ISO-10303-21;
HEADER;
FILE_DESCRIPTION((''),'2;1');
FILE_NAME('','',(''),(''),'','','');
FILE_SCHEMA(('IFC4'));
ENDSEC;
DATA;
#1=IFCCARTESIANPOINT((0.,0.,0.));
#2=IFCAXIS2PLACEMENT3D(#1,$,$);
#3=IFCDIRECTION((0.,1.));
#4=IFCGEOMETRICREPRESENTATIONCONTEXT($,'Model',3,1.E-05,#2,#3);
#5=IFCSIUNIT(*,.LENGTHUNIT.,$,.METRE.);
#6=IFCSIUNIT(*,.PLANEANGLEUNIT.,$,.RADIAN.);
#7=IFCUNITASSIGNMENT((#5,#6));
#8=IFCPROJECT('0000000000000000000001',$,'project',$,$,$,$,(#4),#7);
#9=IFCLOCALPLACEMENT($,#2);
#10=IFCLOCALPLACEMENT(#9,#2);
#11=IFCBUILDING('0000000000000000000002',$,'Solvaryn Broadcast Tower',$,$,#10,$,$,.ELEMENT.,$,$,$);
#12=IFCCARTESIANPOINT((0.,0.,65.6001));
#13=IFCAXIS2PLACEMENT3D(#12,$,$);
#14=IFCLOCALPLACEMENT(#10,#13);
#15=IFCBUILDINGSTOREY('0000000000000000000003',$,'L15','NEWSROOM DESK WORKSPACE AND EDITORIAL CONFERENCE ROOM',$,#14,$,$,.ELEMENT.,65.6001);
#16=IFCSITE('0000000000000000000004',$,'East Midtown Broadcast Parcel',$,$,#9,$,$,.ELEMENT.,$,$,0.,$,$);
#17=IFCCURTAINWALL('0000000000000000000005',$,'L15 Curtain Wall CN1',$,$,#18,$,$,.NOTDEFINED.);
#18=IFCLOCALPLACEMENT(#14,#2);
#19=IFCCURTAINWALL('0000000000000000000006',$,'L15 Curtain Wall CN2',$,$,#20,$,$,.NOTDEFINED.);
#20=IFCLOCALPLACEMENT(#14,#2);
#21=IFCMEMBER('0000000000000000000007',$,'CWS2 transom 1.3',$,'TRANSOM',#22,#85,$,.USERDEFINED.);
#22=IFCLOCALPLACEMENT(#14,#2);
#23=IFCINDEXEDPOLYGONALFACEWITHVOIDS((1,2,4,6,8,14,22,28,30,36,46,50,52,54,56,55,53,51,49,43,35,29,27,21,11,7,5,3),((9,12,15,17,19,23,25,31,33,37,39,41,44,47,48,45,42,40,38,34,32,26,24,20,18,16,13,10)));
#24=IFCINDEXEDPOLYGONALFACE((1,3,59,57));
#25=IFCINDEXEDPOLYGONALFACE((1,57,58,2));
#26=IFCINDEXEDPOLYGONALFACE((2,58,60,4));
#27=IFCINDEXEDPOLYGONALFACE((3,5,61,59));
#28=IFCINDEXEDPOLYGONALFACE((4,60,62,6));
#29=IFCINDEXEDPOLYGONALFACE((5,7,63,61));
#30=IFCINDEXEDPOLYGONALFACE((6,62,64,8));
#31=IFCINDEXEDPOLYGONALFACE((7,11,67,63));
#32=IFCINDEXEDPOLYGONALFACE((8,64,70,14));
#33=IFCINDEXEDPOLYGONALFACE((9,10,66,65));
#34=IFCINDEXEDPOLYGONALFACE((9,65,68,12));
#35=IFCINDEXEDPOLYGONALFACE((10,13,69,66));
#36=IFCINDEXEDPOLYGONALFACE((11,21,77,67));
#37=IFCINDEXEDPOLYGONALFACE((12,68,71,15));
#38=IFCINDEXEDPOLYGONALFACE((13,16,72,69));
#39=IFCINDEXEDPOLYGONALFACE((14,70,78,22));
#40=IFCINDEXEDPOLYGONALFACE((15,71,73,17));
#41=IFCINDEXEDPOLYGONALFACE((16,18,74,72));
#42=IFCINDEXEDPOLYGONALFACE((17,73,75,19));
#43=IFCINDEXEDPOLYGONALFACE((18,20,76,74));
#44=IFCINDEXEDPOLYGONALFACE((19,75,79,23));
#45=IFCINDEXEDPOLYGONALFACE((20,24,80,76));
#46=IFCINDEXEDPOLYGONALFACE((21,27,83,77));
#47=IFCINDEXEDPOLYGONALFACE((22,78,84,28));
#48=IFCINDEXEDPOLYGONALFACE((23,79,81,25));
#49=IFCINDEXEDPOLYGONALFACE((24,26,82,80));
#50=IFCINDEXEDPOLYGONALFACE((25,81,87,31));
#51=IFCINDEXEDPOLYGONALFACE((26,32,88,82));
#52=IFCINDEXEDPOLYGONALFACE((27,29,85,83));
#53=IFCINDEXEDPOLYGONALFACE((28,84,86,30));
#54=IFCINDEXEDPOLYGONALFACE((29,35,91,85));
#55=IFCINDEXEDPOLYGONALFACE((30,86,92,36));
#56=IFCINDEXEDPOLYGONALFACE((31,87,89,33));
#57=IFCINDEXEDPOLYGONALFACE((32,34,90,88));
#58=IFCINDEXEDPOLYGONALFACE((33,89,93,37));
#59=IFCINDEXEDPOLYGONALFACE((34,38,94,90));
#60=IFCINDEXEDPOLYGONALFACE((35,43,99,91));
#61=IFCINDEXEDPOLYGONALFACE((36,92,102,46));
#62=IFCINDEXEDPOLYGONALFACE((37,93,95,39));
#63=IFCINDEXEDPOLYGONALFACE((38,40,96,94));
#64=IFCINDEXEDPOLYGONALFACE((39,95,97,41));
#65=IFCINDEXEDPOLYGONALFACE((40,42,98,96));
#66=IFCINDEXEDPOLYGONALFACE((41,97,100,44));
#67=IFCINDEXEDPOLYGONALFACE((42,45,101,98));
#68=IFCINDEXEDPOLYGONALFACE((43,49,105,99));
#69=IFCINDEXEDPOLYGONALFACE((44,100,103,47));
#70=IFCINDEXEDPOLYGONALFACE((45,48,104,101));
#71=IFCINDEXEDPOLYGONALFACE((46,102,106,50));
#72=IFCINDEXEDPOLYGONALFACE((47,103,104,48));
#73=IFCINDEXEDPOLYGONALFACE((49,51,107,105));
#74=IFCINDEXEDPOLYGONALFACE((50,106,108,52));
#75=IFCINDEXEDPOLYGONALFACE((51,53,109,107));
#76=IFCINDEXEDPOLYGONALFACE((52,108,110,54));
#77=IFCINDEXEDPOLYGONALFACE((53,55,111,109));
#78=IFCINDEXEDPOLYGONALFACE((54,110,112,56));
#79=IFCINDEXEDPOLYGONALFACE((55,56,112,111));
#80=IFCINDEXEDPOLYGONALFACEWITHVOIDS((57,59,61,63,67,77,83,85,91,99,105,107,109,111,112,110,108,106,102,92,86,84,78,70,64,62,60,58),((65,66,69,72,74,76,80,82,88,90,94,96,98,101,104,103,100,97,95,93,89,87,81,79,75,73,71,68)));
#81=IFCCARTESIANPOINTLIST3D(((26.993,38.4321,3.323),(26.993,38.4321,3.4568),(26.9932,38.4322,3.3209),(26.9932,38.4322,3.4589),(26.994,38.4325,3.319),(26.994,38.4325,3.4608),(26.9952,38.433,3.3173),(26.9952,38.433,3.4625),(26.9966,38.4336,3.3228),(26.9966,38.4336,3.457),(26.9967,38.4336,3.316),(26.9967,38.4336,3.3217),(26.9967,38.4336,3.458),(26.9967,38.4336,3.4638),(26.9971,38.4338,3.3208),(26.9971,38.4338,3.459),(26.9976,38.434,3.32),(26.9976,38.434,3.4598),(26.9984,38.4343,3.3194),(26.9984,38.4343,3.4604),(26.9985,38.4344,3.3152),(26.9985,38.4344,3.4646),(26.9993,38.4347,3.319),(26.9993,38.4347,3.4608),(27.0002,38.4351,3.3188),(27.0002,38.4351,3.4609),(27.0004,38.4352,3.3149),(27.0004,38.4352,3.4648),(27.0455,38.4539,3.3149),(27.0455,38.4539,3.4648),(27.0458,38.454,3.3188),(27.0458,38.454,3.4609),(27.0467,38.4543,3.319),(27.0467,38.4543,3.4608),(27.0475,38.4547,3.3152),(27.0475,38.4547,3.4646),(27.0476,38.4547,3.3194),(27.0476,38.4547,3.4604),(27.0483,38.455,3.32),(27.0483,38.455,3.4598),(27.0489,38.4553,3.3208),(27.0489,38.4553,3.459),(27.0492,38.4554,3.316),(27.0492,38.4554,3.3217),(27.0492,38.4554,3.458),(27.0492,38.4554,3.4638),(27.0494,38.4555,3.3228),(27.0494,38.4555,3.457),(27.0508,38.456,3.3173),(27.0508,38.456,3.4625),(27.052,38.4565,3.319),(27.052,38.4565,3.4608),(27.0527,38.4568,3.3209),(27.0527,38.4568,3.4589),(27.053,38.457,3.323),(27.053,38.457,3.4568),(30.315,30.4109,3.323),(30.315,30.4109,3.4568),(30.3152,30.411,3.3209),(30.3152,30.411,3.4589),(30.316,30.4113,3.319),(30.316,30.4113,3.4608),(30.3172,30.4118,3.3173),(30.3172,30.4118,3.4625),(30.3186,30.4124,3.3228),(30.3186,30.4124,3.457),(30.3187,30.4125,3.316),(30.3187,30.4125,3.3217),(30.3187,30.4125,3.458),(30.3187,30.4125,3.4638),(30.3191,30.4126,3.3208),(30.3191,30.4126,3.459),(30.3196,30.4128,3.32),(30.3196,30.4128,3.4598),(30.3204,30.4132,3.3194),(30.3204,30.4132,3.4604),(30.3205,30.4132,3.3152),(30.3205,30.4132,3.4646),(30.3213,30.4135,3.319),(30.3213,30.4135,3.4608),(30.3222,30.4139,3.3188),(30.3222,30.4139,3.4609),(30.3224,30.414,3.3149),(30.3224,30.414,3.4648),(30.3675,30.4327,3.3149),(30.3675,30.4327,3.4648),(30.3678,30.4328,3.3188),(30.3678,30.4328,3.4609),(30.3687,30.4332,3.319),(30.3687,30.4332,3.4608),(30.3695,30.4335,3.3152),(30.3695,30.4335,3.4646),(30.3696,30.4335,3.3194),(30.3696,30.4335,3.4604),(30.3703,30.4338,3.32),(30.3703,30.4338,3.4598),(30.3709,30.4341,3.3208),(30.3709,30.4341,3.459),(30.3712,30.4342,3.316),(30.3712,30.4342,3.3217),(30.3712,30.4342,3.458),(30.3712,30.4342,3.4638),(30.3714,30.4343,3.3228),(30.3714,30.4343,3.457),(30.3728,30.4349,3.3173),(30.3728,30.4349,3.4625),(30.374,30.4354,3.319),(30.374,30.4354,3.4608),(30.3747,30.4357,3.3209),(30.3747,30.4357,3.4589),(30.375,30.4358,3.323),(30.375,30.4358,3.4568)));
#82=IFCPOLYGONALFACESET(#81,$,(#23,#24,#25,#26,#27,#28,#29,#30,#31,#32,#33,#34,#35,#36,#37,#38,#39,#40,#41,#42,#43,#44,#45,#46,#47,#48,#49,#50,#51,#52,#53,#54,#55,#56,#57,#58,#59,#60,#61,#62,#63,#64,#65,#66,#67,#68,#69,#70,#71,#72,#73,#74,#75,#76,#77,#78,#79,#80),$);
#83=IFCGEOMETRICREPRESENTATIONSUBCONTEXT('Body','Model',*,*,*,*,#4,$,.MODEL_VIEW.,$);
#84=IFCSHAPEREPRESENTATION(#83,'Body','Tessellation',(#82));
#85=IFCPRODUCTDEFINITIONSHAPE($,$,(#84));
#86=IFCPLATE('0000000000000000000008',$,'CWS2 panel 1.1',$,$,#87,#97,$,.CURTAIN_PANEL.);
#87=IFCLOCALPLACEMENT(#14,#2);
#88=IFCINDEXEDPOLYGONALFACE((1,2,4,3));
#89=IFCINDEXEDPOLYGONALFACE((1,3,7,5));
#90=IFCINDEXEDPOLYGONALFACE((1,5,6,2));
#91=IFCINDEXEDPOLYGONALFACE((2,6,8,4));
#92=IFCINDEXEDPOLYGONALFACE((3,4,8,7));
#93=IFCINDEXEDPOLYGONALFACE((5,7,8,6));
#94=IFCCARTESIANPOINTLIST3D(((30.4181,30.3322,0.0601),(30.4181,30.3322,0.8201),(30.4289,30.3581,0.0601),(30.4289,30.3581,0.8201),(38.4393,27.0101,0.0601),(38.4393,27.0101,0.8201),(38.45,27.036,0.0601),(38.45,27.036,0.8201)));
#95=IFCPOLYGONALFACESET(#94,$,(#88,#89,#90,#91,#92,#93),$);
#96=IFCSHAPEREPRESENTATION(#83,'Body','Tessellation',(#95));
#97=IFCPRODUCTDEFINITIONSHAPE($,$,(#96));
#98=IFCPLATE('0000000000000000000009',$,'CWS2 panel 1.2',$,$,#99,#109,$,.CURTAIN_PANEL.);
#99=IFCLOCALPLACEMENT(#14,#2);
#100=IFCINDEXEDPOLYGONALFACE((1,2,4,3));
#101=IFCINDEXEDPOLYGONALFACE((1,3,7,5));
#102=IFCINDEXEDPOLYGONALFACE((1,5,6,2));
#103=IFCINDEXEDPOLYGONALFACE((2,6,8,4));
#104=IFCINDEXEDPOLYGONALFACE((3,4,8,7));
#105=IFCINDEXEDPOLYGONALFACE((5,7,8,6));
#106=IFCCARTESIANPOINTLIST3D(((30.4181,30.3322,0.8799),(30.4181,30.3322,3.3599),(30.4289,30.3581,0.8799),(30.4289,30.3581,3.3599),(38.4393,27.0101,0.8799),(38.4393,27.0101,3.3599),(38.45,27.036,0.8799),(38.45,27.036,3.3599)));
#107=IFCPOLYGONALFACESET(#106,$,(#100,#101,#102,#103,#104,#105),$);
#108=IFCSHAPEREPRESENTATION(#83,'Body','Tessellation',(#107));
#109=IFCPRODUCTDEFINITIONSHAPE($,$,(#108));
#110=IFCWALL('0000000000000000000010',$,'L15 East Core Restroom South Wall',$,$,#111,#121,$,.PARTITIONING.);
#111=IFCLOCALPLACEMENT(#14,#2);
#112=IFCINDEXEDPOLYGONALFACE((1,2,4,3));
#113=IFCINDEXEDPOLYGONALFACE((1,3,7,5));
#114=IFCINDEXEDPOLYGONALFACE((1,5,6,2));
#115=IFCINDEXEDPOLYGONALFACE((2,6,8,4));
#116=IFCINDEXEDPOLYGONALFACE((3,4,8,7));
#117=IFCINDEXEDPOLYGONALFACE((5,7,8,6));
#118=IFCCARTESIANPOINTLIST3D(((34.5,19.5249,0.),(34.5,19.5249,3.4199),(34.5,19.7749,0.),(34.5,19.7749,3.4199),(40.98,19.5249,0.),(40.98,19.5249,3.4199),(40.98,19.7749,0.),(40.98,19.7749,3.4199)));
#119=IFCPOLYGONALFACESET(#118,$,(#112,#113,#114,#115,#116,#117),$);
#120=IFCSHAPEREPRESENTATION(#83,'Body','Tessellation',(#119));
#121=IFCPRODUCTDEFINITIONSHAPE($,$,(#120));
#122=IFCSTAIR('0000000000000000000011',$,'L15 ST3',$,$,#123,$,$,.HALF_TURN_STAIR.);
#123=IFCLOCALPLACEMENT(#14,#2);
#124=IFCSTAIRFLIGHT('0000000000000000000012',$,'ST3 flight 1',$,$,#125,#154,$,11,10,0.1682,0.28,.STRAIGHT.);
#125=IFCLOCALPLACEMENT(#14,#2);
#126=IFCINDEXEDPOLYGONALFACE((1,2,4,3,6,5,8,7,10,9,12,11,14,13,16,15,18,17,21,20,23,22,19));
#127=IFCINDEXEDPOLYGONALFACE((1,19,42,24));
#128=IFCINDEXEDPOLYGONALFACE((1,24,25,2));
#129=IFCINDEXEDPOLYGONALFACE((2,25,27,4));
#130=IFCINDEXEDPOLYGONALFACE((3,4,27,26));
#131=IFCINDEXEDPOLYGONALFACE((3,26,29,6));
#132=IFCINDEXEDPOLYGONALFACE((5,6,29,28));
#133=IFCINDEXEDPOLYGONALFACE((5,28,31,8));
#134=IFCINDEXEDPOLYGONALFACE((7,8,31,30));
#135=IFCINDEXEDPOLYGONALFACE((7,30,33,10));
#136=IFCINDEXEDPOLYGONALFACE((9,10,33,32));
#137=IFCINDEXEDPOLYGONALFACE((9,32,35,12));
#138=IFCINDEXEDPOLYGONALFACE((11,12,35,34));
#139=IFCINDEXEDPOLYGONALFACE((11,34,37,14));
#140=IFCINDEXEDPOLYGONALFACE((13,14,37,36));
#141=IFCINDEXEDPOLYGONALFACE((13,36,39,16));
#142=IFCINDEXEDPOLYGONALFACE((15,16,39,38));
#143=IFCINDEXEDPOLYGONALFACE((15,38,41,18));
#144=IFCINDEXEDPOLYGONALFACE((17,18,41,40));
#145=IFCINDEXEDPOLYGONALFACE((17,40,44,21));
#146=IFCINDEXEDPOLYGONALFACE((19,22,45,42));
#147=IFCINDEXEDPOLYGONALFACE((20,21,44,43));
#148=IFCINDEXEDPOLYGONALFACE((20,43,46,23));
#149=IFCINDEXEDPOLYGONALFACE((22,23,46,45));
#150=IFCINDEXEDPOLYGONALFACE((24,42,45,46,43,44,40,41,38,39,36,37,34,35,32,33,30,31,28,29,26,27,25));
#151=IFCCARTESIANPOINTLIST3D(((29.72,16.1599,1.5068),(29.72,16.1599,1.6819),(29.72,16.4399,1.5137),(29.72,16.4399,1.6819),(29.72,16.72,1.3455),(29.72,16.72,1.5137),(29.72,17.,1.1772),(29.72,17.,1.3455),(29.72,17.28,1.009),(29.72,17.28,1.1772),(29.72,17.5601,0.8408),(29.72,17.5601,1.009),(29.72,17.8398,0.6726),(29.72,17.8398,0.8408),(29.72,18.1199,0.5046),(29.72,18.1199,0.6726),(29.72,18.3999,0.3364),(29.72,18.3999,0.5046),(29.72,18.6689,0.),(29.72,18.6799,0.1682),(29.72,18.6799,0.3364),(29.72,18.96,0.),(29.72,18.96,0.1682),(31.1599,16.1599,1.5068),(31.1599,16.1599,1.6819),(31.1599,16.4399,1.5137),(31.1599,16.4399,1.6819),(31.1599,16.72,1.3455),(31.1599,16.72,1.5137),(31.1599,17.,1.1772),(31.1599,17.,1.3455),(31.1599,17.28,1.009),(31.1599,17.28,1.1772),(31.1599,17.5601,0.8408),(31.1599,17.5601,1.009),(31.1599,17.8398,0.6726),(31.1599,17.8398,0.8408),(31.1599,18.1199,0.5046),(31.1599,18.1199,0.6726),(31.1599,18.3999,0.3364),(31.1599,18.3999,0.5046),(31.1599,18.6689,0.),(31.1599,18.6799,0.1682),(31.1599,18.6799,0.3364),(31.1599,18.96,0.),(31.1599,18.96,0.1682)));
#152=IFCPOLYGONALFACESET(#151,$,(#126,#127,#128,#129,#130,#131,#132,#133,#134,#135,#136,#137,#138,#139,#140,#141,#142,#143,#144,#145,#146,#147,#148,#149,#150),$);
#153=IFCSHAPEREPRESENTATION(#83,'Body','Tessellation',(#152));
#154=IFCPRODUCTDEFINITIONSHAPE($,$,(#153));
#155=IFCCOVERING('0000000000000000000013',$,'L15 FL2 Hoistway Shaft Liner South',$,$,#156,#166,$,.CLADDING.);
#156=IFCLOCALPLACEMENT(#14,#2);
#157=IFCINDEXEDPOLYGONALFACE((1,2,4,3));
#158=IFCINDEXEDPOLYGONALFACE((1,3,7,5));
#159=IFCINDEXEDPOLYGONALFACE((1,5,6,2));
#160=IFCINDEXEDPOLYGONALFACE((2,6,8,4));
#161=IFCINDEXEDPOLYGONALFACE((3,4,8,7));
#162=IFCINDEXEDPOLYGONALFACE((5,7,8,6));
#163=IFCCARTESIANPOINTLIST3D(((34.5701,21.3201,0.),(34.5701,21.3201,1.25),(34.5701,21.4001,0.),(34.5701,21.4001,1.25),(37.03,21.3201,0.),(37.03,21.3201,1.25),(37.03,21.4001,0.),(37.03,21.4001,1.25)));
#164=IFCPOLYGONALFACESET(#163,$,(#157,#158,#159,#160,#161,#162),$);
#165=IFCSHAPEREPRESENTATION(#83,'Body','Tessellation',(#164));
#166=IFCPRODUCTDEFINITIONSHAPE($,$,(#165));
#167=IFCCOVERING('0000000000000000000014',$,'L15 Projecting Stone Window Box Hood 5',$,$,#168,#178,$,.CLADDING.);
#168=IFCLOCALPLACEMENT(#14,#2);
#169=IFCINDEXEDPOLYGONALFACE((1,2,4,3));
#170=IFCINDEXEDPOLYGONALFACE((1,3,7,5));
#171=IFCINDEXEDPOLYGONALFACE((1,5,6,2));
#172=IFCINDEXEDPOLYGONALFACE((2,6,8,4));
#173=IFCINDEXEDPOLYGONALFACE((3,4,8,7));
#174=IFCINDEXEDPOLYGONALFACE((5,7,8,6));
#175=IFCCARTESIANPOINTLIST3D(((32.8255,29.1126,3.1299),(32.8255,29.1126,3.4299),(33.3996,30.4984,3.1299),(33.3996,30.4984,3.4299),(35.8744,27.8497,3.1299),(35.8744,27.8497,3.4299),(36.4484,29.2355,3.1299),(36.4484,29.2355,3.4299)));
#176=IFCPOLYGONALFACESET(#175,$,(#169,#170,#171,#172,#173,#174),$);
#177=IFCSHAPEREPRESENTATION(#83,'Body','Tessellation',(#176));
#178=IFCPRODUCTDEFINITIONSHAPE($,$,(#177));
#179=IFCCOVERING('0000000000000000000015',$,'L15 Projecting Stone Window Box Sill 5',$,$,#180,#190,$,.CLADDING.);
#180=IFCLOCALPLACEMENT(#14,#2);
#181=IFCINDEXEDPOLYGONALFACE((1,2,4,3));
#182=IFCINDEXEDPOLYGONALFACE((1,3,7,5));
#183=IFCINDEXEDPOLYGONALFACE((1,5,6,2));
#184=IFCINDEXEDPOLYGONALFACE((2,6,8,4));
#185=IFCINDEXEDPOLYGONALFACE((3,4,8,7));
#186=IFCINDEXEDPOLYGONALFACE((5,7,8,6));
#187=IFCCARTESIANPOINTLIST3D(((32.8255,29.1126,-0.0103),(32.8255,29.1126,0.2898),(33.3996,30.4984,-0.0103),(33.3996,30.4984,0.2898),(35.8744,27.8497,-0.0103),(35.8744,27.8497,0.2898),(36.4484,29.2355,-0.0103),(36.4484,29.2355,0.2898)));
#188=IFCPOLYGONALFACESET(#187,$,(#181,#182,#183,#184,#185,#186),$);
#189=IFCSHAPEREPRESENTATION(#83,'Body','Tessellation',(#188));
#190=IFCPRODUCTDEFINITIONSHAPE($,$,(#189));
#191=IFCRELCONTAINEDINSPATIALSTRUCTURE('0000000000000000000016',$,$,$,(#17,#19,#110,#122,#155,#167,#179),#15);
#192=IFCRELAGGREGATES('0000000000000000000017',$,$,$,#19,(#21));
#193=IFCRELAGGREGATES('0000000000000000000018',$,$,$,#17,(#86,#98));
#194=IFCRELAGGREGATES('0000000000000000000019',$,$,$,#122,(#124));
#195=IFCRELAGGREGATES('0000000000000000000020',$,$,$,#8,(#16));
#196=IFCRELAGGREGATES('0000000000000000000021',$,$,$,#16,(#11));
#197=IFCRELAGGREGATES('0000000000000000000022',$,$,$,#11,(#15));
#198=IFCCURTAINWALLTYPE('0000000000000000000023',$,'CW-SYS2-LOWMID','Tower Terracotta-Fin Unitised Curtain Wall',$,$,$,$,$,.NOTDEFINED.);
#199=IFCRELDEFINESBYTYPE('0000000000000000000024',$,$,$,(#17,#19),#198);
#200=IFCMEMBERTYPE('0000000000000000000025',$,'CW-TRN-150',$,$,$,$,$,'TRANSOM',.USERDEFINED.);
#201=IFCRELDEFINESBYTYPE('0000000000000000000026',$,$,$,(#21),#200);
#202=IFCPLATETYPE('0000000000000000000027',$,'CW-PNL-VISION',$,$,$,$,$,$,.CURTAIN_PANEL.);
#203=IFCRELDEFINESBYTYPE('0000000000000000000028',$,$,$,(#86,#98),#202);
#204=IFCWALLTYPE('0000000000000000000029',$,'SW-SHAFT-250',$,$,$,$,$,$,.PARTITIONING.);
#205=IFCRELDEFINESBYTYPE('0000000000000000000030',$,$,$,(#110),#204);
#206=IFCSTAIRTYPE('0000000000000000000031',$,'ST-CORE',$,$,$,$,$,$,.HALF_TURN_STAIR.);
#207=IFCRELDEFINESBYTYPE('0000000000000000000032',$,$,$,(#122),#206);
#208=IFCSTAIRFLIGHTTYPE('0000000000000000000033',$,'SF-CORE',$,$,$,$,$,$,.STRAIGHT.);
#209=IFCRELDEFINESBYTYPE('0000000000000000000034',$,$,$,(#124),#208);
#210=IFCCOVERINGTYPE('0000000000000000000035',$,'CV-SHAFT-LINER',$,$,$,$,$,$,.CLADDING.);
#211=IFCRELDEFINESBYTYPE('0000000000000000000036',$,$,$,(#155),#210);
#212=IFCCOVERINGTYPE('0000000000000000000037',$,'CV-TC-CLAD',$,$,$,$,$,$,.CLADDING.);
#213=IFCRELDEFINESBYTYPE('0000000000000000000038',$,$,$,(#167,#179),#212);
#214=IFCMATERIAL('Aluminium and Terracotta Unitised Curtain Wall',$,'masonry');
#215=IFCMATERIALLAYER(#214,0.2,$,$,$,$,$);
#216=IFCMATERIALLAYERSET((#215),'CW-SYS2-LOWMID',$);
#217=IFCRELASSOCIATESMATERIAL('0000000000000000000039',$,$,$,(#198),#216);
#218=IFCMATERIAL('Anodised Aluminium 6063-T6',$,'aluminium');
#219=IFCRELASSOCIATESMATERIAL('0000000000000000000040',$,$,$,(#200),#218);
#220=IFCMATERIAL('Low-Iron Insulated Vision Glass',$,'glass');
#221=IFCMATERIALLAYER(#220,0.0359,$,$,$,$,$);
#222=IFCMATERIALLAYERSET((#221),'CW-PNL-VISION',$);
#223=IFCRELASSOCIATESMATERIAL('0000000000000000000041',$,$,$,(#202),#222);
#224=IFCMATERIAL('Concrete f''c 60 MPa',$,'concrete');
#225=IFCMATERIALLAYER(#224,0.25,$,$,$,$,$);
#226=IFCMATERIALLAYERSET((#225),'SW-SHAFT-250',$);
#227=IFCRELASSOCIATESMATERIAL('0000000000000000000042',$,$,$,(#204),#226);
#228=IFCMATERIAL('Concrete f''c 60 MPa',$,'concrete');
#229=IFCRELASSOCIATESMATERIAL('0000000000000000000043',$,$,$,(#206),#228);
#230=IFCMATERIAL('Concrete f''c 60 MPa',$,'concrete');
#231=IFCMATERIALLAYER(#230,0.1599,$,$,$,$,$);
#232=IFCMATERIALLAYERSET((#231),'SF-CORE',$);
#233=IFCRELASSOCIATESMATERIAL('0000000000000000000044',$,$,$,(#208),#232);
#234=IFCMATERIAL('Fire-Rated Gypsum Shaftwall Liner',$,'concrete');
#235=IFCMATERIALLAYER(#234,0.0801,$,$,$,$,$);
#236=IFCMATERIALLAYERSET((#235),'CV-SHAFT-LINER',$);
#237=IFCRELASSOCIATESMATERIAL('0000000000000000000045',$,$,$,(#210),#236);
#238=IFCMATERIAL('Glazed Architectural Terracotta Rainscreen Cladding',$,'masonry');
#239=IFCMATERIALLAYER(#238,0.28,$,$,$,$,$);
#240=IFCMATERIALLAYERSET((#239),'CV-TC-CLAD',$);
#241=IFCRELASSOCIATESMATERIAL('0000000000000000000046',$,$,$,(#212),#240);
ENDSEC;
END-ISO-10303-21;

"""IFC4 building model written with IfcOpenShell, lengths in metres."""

from ifc_helpers import new_model, si_unit, direction, frame, frame_2d, origin, origin_2d, place, context, subcontext, project, spatial, polyline, rectangle, hollow_rectangle, outline, extrude, material, layer, layer_set, material_profile, profile_set, type_object, element, aggregate, save


model = new_model("IFC4")

# Units and contexts
model_context = context("Model", 3, precision=1e-05, world=origin(), true_north=direction((0.0, 1.0)))
body_context = subcontext(model_context, "Body", "Model", "MODEL_VIEW")
ifc_project = project(units=[si_unit("LENGTHUNIT", "METRE"), si_unit("PLANEANGLEUNIT", "RADIAN")], contexts=[model_context])

# Site, building, storey
site_placement = place(None, origin())
site = spatial("IfcSite", under=ifc_project, at=site_placement, Name="East Midtown Broadcast Parcel", CompositionType="ELEMENT", RefElevation=0.0)
building_placement = place(site_placement, origin())
building = spatial("IfcBuilding", under=site, at=building_placement, Name="Solvaryn Broadcast Tower", CompositionType="ELEMENT")
storey_placement = place(building_placement, frame((0.0, 0.0, 65.6001)))
storey = spatial("IfcBuildingStorey", under=building, at=storey_placement, Name="L15", Description="NEWSROOM DESK WORKSPACE AND EDITORIAL CONFERENCE ROOM", CompositionType="ELEMENT", Elevation=65.6001)

# Curtain wall
ifc_material_1 = material(Name="Aluminium and Terracotta Unitised Curtain Wall", Category="masonry")
ifc_layer_1 = layer(ifc_material_1, 0.2)
ifc_layer_set_1 = layer_set([ifc_layer_1], Name="CW-SYS2-LOWMID")
curtain_wall_type = type_object("IfcCurtainWallType", Name="CW-SYS2-LOWMID", Description="Tower Terracotta-Fin Unitised Curtain Wall", PredefinedType="NOTDEFINED", material=ifc_layer_set_1)
curtain_wall_1_placement = place(storey_placement, origin())
curtain_wall_1 = element("IfcCurtainWall", 1, at=curtain_wall_1_placement, inside=storey, type_object=curtain_wall_type, Name="L15 Curtain Wall CN1", PredefinedType="NOTDEFINED")

# Curtain wall, member
curtain_wall_2_placement = place(storey_placement, origin())
curtain_wall_2 = element("IfcCurtainWall", 2, at=curtain_wall_2_placement, inside=storey, type_object=curtain_wall_type, Name="L15 Curtain Wall CN2", PredefinedType="NOTDEFINED")
ifc_material_2 = material(Name="Anodised Aluminium 6063-T6", Category="aluminium")
ifc_material_profile_1 = material_profile(ifc_material_2, hollow_rectangle(XDim=0.0649, YDim=0.1499, WallThickness=0.0039, InnerFilletRadius=0.0039, OuterFilletRadius=0.0081, at=origin_2d()))
ifc_profile_set_1 = profile_set([ifc_material_profile_1], Name="Anodised Aluminium 6063-T6")
member_type_1 = type_object("IfcMemberType", Name="CW-TRN-150", ElementType="TRANSOM", PredefinedType="USERDEFINED", material=ifc_profile_set_1)
member_1_placement = place(storey_placement, frame((30.345, 30.4233, 3.3899), z_axis=(-0.382636, 0.923899, 0.0), x_axis=(-0.923899, -0.382636, 0.0)))
member_1 = element("IfcMember", 3, at=member_1_placement, type_object=member_type_1, Name="CWS2 transom 1.3", ObjectType="TRANSOM", PredefinedType="USERDEFINED", context=body_context, shape_type="SweptSolid", body=[
    extrude(hollow_rectangle(XDim=0.0649, YDim=0.1499, WallThickness=0.0039, InnerFilletRadius=0.0039, OuterFilletRadius=0.0081, at=origin_2d()), origin(), (0.0, 0.0, 1.0), 8.6819),
])
aggregate(curtain_wall_2, [member_1])

# Plates
ifc_material_3 = material(Name="Low-Iron Insulated Vision Glass", Category="glass")
ifc_layer_2 = layer(ifc_material_3, 0.0359)
ifc_layer_set_2 = layer_set([ifc_layer_2], Name="CW-PNL-VISION")
plate_type = type_object("IfcPlateType", Name="CW-PNL-VISION", PredefinedType="CURTAIN_PANEL", material=ifc_layer_set_2)
plate_1_placement = place(storey_placement, frame((34.4341, 28.6841, 0.0601), z_axis=(0.0, 0.0, 1.0), x_axis=(-0.923895, 0.382646, 0.0)))
plate_1 = element("IfcPlate", 4, at=plate_1_placement, type_object=plate_type, Name="CWS2 panel 1.1", PredefinedType="CURTAIN_PANEL", context=body_context, shape_type="SweptSolid", body=[
    extrude(rectangle(XDim=8.6819, YDim=0.0281, at=origin_2d()), origin(), (0.0, 0.0, 1.0), 0.76),
])
plate_2_placement = place(storey_placement, frame((34.4341, 28.6841, 0.8799), z_axis=(0.0, 0.0, 1.0), x_axis=(-0.923895, 0.382646, 0.0)))
plate_2 = element("IfcPlate", 5, at=plate_2_placement, type_object=plate_type, Name="CWS2 panel 1.2", PredefinedType="CURTAIN_PANEL", context=body_context, shape_type="SweptSolid", body=[
    extrude(rectangle(XDim=8.6819, YDim=0.0281, at=origin_2d()), origin(), (0.0, 0.0, 1.0), 2.48),
])
aggregate(curtain_wall_1, [plate_1, plate_2])

# Shared definitions
ifc_material_4 = material(Name="Concrete f'c 60 MPa", Category="concrete")
ifc_layer_3 = layer(ifc_material_4, 0.25)
ifc_layer_set_3 = layer_set([ifc_layer_3], Name="SW-SHAFT-250")
wall_type_1 = type_object("IfcWallType", Name="SW-SHAFT-250", PredefinedType="PARTITIONING", material=ifc_layer_set_3)

# Wall
wall_1_placement = place(storey_placement, frame((34.5, 19.6499, 0.0), z_axis=(0.0, 0.0, 1.0), x_axis=(1.0, 0.0, 0.0)))
element("IfcWall", 6, at=wall_1_placement, inside=storey, type_object=wall_type_1, Name="L15 East Core Restroom South Wall", PredefinedType="PARTITIONING", context=body_context, shape_type="SweptSolid", body=[
    extrude(rectangle(XDim=6.48, YDim=0.25, at=frame_2d((3.24, 0.0))), origin(), (0.0, 0.0, 1.0), 3.4199),
])

# Stair, stair flight
ifc_material_5 = material(Name="Concrete f'c 60 MPa", Category="concrete")
stair_type = type_object("IfcStairType", Name="ST-CORE", PredefinedType="HALF_TURN_STAIR", material=ifc_material_5)
stair_placement = place(storey_placement, origin())
stair = element("IfcStair", 7, at=stair_placement, inside=storey, type_object=stair_type, Name="L15 ST3", PredefinedType="HALF_TURN_STAIR")
ifc_material_6 = material(Name="Concrete f'c 60 MPa", Category="concrete")
ifc_layer_4 = layer(ifc_material_6, 0.1599)
ifc_layer_set_4 = layer_set([ifc_layer_4], Name="SF-CORE")
stair_flight_type = type_object("IfcStairFlightType", Name="SF-CORE", PredefinedType="STRAIGHT", material=ifc_layer_set_4)
stair_flight_placement = place(storey_placement, frame((30.4399, 18.96, 0.0), z_axis=(0.0, 0.0, 1.0), x_axis=(0.0, -1.0, 0.0)))
stair_flight = element("IfcStairFlight", 8, at=stair_flight_placement, type_object=stair_flight_type, Name="ST3 flight 1", NumberOfRisers=11, NumberOfTreads=10, PredefinedType="STRAIGHT", RiserHeight=0.1682, TreadLength=0.28, context=body_context, shape_type="SweptSolid", body=[
    extrude(outline(polyline([(0.0, 0.0), (0.0, 0.1682), (0.28, 0.1682), (0.28, 0.3364), (0.5601, 0.3364), (0.5601, 0.5046), (0.8401, 0.5046), (0.8401, 0.6726), (1.1201, 0.6726), (1.1201, 0.8408), (1.3999, 0.8408), (1.3999, 1.009), (1.6799, 1.009), (1.6799, 1.1772), (1.96, 1.1772), (1.96, 1.3455), (2.24, 1.3455), (2.24, 1.5137), (2.52, 1.5137), (2.52, 1.6819), (2.8, 1.6819), (2.8, 1.8501), (2.8, 1.5068), (0.291, 0.0), (0.0, 0.0)])), frame((0.0, 0.72, 0.0), z_axis=(0.0, -1.0, 0.0), x_axis=(1.0, 0.0, 0.0)), (0.0, 0.0, 1.0), 1.4399),
])
aggregate(stair, [stair_flight])

# Coverings
ifc_material_7 = material(Name="Fire-Rated Gypsum Shaftwall Liner", Category="concrete")
ifc_layer_5 = layer(ifc_material_7, 0.0801)
ifc_layer_set_5 = layer_set([ifc_layer_5], Name="CV-SHAFT-LINER")
covering_type_1 = type_object("IfcCoveringType", Name="CV-SHAFT-LINER", PredefinedType="CLADDING", material=ifc_layer_set_5)
covering_1_placement = place(storey_placement, frame((35.8, 21.3601, 0.0), z_axis=(0.0, 0.0, 1.0), x_axis=(1.0, 0.0, 0.0)))
element("IfcCovering", 9, at=covering_1_placement, inside=storey, type_object=covering_type_1, Name="L15 FL2 Hoistway Shaft Liner South", PredefinedType="CLADDING", context=body_context, shape_type="SweptSolid", body=[
    extrude(rectangle(XDim=2.46, YDim=0.0801, at=origin_2d()), origin(), (0.0, 0.0, 1.0), 1.25),
])
ifc_material_8 = material(Name="Glazed Architectural Terracotta Rainscreen Cladding", Category="masonry")
ifc_layer_6 = layer(ifc_material_8, 0.28)
ifc_layer_set_6 = layer_set([ifc_layer_6], Name="CV-TC-CLAD")
covering_type_2 = type_object("IfcCoveringType", Name="CV-TC-CLAD", PredefinedType="CLADDING", material=ifc_layer_set_6)
for number, where, z_axis, x_axis, name in (
    (10, (34.637, 29.1741, 3.1299), (0.0, 0.0, 1.0), (-0.92388, 0.382683, 0.0), "L15 Projecting Stone Window Box Hood 5"),
    (11, (34.637, 29.1741, -0.0103), (0.0, 0.0, 1.0), (-0.92388, 0.382683, 0.0), "L15 Projecting Stone Window Box Sill 5"),
):
    element("IfcCovering", number, at=place(storey_placement, frame(where, z_axis=z_axis, x_axis=x_axis)), inside=storey, type_object=covering_type_2, Name=name, PredefinedType="CLADDING", context=body_context, shape_type="SweptSolid", body=[
        extrude(rectangle(XDim=3.3, YDim=1.5, at=origin_2d()), origin(), (0.0, 0.0, 1.0), 0.3),
    ])

save(model, "model.ifc")
